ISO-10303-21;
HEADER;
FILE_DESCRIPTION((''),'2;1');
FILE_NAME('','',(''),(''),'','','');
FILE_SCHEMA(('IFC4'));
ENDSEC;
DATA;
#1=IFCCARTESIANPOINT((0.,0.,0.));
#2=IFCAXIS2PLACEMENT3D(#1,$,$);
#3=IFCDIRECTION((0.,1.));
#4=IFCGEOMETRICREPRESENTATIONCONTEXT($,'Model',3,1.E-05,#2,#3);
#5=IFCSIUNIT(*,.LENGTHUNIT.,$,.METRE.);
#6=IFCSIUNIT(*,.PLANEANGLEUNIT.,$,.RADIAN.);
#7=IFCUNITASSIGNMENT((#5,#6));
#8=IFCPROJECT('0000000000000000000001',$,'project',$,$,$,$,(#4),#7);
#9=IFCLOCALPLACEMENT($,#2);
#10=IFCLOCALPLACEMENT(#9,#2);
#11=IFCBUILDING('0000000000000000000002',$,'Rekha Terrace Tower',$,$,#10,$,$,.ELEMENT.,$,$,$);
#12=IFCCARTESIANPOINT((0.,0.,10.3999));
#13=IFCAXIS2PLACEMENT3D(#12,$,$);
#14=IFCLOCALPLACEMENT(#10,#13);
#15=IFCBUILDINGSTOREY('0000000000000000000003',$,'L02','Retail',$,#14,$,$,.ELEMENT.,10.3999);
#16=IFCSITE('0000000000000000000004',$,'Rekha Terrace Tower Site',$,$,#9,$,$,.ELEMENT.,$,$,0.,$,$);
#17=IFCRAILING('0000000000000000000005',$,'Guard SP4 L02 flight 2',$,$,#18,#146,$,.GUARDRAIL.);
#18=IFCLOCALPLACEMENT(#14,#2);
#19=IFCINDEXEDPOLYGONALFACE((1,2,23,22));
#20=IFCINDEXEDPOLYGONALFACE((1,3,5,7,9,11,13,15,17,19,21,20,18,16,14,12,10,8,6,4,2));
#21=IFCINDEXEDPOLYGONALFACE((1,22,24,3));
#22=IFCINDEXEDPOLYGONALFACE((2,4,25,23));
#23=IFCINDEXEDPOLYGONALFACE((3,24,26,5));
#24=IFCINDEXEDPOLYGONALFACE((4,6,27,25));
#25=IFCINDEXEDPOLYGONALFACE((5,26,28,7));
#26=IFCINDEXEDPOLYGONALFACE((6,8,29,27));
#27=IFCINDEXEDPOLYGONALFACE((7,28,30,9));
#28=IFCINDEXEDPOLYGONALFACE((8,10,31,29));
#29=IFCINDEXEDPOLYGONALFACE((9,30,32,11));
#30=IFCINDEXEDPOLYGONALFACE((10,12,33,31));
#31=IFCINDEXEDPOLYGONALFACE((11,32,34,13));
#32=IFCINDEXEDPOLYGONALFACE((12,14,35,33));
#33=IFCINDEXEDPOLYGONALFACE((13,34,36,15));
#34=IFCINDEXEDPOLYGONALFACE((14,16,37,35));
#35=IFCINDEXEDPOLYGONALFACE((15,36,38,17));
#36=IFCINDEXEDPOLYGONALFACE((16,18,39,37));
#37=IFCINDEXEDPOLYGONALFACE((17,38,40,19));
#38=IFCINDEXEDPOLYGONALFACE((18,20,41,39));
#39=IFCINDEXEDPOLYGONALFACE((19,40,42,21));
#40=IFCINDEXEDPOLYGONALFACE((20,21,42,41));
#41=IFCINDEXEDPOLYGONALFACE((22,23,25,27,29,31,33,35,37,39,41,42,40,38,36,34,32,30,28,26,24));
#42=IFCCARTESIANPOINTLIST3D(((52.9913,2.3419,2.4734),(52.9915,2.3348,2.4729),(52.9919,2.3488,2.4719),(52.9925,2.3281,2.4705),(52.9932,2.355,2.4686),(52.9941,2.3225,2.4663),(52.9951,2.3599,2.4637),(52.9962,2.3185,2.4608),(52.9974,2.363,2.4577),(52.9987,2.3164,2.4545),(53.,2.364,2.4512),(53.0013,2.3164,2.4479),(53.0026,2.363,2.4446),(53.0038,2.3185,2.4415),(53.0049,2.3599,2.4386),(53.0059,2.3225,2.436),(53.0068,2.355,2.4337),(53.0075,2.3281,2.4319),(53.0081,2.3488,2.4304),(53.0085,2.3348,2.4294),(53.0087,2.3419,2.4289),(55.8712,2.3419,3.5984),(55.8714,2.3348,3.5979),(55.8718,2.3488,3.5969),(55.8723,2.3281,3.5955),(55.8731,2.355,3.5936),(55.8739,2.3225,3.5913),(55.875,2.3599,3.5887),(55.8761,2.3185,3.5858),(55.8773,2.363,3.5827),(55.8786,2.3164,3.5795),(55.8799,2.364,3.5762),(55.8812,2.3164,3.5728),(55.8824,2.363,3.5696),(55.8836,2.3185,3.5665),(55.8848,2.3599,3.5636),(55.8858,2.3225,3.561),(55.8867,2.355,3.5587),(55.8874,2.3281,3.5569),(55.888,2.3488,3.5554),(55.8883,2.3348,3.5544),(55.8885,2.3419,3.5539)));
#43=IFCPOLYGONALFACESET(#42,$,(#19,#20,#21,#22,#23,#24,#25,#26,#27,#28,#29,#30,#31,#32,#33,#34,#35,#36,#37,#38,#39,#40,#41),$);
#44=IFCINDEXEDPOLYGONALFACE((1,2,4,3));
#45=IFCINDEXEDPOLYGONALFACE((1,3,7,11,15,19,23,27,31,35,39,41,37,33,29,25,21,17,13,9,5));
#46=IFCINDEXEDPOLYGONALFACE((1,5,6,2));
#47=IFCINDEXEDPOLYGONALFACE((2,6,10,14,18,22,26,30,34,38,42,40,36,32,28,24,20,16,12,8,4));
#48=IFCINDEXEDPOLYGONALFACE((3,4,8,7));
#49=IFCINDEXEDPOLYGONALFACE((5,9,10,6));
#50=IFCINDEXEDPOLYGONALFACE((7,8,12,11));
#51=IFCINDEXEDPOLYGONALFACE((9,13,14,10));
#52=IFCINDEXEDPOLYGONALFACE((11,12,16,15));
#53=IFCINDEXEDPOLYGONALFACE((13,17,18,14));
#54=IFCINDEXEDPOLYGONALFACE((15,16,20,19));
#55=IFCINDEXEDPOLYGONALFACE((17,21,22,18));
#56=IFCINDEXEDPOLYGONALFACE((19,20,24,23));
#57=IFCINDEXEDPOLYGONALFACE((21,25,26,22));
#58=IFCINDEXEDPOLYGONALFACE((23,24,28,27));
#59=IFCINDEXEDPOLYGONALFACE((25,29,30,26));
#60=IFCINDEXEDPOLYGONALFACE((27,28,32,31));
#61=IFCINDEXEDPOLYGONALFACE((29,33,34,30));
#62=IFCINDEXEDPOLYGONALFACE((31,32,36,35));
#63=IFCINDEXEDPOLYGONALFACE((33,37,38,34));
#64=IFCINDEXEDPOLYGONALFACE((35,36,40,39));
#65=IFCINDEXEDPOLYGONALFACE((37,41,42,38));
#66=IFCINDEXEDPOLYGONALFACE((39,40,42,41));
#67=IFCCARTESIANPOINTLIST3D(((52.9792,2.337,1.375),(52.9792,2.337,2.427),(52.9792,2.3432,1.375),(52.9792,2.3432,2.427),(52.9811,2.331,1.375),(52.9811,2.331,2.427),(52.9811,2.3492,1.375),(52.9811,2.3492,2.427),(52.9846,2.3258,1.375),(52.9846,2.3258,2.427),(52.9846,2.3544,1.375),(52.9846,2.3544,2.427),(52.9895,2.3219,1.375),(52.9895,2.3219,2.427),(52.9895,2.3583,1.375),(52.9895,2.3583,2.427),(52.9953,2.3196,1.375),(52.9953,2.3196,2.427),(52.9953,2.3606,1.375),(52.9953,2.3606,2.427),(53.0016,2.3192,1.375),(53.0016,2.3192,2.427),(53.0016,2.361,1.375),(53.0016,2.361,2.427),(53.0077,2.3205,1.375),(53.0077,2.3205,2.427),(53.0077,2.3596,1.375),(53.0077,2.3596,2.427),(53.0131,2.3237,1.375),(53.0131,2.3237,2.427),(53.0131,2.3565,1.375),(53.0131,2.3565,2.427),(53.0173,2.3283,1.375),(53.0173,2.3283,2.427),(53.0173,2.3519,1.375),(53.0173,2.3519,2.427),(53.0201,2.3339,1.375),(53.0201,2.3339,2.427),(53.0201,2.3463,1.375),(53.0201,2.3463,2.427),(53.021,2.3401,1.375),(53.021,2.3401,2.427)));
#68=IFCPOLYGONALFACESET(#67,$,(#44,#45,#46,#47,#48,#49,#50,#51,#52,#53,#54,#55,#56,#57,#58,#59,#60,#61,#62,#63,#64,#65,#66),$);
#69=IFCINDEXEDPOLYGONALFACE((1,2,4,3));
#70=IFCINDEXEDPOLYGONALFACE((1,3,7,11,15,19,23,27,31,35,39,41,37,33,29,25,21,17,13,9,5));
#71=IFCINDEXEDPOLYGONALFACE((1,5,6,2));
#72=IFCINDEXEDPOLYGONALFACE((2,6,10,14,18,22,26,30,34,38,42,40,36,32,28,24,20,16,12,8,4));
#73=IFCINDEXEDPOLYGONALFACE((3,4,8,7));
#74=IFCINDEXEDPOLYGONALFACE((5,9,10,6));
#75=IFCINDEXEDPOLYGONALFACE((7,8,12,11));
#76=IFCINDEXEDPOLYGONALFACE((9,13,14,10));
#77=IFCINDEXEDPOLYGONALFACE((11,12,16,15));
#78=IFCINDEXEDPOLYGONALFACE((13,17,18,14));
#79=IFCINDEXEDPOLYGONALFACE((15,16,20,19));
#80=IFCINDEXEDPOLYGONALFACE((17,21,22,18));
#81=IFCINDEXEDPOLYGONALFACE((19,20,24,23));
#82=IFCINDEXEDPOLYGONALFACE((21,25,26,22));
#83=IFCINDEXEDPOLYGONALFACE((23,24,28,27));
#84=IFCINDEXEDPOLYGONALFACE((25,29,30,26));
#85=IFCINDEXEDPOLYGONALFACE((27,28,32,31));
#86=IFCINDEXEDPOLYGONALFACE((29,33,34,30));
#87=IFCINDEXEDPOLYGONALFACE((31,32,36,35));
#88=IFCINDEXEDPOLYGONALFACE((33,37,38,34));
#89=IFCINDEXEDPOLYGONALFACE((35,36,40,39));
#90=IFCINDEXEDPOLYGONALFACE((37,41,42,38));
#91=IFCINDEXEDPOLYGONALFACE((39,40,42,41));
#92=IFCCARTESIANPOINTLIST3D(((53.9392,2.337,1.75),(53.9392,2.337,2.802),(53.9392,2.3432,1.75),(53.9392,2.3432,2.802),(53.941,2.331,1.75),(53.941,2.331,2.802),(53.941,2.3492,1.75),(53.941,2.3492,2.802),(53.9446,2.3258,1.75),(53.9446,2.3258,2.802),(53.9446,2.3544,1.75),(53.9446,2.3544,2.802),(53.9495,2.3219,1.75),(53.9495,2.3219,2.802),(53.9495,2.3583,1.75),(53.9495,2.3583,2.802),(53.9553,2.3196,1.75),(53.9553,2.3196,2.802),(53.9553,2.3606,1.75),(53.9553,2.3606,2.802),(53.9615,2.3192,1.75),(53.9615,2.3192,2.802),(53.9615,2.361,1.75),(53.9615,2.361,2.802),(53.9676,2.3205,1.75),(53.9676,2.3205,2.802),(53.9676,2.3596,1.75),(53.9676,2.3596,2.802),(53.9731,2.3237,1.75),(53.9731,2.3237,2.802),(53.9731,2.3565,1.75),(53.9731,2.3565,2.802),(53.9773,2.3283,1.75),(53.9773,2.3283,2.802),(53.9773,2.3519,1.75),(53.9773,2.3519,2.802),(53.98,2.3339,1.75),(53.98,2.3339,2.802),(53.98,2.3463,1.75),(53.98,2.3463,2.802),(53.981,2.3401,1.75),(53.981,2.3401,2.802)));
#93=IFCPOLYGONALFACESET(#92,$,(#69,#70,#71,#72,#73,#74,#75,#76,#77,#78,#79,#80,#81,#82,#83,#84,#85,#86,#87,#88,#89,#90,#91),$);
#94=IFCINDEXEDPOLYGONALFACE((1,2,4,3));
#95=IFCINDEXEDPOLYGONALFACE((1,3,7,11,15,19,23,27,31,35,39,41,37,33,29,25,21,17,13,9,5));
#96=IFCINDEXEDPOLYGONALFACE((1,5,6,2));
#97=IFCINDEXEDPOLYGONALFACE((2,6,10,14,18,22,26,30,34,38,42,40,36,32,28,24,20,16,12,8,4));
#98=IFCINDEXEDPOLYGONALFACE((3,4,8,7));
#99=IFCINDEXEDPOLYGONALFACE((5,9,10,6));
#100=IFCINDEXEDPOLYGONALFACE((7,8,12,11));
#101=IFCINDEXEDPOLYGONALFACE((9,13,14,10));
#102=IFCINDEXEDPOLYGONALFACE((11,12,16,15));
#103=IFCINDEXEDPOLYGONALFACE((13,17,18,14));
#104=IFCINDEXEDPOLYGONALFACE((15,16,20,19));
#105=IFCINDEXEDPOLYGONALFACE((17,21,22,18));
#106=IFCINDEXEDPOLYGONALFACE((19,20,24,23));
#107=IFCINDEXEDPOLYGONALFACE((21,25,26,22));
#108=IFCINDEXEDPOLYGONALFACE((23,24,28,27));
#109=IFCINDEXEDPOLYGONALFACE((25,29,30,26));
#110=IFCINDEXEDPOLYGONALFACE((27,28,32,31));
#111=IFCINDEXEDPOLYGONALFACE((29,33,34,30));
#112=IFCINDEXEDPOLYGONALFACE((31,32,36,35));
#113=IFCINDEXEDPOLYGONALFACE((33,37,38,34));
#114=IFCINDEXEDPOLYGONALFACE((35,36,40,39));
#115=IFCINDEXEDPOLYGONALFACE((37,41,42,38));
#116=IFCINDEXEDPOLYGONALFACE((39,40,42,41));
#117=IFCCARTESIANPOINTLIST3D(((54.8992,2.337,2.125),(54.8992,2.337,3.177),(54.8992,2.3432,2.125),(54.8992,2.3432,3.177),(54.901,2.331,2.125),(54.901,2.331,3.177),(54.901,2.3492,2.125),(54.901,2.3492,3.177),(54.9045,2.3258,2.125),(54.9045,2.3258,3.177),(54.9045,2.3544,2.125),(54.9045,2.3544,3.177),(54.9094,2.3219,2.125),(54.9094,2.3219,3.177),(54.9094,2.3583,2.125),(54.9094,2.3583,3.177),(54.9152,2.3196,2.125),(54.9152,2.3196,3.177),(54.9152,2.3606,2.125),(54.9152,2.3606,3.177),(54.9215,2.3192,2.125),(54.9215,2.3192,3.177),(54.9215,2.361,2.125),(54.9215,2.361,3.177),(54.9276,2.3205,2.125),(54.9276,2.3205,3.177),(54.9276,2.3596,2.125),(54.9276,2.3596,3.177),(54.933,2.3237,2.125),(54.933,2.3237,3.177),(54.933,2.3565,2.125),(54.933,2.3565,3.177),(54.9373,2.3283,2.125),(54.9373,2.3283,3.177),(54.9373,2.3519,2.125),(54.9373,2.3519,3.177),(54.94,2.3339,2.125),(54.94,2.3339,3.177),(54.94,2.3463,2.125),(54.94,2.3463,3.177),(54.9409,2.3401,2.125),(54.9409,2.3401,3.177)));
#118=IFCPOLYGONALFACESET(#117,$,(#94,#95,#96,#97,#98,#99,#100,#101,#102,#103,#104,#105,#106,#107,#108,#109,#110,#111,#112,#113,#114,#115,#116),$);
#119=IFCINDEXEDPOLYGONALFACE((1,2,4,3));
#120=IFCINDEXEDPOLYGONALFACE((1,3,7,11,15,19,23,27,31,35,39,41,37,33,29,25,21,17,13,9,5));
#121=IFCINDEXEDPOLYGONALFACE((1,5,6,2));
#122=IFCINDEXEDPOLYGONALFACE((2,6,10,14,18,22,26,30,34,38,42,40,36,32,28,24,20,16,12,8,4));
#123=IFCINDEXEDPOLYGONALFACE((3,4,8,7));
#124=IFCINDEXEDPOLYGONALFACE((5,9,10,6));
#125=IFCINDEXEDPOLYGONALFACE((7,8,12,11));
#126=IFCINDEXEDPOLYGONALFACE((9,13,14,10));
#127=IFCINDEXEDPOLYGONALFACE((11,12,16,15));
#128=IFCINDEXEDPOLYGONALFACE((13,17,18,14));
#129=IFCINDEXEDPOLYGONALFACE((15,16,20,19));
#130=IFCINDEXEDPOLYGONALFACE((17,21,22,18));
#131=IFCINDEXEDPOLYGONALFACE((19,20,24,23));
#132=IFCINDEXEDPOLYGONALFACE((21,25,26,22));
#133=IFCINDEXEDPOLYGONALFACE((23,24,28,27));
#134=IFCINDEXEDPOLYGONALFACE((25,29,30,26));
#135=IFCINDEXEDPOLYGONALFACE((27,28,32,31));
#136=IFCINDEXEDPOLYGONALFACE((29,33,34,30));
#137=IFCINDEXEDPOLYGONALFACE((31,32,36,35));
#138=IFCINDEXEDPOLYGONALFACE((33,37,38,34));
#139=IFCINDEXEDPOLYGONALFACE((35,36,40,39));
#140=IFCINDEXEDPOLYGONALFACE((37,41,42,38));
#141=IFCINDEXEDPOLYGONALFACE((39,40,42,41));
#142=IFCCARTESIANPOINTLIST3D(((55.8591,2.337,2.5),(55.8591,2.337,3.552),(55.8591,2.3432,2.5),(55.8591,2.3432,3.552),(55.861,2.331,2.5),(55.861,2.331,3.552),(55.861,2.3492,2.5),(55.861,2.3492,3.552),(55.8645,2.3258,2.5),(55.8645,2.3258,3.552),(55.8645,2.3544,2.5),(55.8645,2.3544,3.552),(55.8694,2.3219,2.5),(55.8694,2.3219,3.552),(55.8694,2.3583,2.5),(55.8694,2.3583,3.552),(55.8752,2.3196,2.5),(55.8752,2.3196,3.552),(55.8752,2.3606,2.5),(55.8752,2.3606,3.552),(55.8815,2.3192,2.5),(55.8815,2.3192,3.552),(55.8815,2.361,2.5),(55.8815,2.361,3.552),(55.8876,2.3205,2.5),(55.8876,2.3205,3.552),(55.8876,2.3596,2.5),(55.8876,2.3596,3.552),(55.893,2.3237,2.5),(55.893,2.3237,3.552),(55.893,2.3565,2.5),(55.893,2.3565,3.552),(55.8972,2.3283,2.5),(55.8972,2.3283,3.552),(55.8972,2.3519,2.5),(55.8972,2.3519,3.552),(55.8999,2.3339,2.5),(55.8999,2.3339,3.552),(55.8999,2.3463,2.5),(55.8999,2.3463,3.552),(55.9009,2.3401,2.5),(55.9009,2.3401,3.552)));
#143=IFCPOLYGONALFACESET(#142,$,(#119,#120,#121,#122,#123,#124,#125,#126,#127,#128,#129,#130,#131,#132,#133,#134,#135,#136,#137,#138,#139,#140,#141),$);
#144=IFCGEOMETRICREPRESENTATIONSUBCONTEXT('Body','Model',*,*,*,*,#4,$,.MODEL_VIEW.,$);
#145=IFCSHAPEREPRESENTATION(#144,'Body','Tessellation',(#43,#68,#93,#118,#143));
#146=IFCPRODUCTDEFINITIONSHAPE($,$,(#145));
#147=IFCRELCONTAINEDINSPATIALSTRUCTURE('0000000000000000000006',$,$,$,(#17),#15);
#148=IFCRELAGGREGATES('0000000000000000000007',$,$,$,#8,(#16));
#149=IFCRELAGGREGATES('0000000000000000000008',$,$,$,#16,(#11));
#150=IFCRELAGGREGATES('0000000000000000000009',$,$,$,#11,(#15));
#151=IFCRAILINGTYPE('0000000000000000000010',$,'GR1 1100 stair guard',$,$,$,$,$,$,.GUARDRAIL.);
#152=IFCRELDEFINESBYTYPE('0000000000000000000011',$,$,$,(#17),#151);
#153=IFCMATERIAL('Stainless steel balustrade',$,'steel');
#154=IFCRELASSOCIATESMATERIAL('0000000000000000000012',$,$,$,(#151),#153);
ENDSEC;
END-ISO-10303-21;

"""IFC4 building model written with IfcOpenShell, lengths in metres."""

from ifc_helpers import new_model, si_unit, direction, frame, origin, origin_2d, place, context, subcontext, project, spatial, circle, extrude, material, type_object, element, save


model = new_model("IFC4")

# Units and contexts
model_context = context("Model", 3, precision=1e-05, world=origin(), true_north=direction((0.0, 1.0)))
body_context = subcontext(model_context, "Body", "Model", "MODEL_VIEW")
ifc_project = project(units=[si_unit("LENGTHUNIT", "METRE"), si_unit("PLANEANGLEUNIT", "RADIAN")], contexts=[model_context])

# Site, building, storey
site_placement = place(None, origin())
site = spatial("IfcSite", under=ifc_project, at=site_placement, Name="Rekha Terrace Tower Site", CompositionType="ELEMENT", RefElevation=0.0)
building_placement = place(site_placement, origin())
building = spatial("IfcBuilding", under=site, at=building_placement, Name="Rekha Terrace Tower", CompositionType="ELEMENT")
storey_placement = place(building_placement, frame((0.0, 0.0, 10.3999)))
storey = spatial("IfcBuildingStorey", under=building, at=storey_placement, Name="L02", Description="Retail", CompositionType="ELEMENT", Elevation=10.3999)

# Railing
ifc_material_1 = material(Name="Stainless steel balustrade", Category="steel")
railing_type_1 = type_object("IfcRailingType", Name="GR1 1100 stair guard", PredefinedType="GUARDRAIL", material=ifc_material_1)
railing_1_placement = place(storey_placement, frame((53.0, 2.3401, 1.375)))
element("IfcRailing", 1, at=railing_1_placement, inside=storey, type_object=railing_type_1, Name="Guard SP4 L02 flight 2", PredefinedType="GUARDRAIL", context=body_context, shape_type="SweptSolid", body=[
    extrude(circle(Radius=0.0239, at=origin_2d()), frame((0.0, 0.0, 1.0762), z_axis=(0.931452, 0.0, 0.363863), x_axis=(0.0, 1.0, 0.0)), (0.0, 0.0, 1.0), 3.0918),
    extrude(circle(Radius=0.021, at=origin_2d()), origin(), (0.0, 0.0, 1.0), 1.052),
    extrude(circle(Radius=0.021, at=origin_2d()), frame((0.96, 0.0, 0.375)), (0.0, 0.0, 1.0), 1.052),
    extrude(circle(Radius=0.021, at=origin_2d()), frame((1.9199, 0.0, 0.75)), (0.0, 0.0, 1.0), 1.052),
    extrude(circle(Radius=0.021, at=origin_2d()), frame((2.8799, 0.0, 1.125)), (0.0, 0.0, 1.0), 1.052),
])

save(model, "model.ifc")
